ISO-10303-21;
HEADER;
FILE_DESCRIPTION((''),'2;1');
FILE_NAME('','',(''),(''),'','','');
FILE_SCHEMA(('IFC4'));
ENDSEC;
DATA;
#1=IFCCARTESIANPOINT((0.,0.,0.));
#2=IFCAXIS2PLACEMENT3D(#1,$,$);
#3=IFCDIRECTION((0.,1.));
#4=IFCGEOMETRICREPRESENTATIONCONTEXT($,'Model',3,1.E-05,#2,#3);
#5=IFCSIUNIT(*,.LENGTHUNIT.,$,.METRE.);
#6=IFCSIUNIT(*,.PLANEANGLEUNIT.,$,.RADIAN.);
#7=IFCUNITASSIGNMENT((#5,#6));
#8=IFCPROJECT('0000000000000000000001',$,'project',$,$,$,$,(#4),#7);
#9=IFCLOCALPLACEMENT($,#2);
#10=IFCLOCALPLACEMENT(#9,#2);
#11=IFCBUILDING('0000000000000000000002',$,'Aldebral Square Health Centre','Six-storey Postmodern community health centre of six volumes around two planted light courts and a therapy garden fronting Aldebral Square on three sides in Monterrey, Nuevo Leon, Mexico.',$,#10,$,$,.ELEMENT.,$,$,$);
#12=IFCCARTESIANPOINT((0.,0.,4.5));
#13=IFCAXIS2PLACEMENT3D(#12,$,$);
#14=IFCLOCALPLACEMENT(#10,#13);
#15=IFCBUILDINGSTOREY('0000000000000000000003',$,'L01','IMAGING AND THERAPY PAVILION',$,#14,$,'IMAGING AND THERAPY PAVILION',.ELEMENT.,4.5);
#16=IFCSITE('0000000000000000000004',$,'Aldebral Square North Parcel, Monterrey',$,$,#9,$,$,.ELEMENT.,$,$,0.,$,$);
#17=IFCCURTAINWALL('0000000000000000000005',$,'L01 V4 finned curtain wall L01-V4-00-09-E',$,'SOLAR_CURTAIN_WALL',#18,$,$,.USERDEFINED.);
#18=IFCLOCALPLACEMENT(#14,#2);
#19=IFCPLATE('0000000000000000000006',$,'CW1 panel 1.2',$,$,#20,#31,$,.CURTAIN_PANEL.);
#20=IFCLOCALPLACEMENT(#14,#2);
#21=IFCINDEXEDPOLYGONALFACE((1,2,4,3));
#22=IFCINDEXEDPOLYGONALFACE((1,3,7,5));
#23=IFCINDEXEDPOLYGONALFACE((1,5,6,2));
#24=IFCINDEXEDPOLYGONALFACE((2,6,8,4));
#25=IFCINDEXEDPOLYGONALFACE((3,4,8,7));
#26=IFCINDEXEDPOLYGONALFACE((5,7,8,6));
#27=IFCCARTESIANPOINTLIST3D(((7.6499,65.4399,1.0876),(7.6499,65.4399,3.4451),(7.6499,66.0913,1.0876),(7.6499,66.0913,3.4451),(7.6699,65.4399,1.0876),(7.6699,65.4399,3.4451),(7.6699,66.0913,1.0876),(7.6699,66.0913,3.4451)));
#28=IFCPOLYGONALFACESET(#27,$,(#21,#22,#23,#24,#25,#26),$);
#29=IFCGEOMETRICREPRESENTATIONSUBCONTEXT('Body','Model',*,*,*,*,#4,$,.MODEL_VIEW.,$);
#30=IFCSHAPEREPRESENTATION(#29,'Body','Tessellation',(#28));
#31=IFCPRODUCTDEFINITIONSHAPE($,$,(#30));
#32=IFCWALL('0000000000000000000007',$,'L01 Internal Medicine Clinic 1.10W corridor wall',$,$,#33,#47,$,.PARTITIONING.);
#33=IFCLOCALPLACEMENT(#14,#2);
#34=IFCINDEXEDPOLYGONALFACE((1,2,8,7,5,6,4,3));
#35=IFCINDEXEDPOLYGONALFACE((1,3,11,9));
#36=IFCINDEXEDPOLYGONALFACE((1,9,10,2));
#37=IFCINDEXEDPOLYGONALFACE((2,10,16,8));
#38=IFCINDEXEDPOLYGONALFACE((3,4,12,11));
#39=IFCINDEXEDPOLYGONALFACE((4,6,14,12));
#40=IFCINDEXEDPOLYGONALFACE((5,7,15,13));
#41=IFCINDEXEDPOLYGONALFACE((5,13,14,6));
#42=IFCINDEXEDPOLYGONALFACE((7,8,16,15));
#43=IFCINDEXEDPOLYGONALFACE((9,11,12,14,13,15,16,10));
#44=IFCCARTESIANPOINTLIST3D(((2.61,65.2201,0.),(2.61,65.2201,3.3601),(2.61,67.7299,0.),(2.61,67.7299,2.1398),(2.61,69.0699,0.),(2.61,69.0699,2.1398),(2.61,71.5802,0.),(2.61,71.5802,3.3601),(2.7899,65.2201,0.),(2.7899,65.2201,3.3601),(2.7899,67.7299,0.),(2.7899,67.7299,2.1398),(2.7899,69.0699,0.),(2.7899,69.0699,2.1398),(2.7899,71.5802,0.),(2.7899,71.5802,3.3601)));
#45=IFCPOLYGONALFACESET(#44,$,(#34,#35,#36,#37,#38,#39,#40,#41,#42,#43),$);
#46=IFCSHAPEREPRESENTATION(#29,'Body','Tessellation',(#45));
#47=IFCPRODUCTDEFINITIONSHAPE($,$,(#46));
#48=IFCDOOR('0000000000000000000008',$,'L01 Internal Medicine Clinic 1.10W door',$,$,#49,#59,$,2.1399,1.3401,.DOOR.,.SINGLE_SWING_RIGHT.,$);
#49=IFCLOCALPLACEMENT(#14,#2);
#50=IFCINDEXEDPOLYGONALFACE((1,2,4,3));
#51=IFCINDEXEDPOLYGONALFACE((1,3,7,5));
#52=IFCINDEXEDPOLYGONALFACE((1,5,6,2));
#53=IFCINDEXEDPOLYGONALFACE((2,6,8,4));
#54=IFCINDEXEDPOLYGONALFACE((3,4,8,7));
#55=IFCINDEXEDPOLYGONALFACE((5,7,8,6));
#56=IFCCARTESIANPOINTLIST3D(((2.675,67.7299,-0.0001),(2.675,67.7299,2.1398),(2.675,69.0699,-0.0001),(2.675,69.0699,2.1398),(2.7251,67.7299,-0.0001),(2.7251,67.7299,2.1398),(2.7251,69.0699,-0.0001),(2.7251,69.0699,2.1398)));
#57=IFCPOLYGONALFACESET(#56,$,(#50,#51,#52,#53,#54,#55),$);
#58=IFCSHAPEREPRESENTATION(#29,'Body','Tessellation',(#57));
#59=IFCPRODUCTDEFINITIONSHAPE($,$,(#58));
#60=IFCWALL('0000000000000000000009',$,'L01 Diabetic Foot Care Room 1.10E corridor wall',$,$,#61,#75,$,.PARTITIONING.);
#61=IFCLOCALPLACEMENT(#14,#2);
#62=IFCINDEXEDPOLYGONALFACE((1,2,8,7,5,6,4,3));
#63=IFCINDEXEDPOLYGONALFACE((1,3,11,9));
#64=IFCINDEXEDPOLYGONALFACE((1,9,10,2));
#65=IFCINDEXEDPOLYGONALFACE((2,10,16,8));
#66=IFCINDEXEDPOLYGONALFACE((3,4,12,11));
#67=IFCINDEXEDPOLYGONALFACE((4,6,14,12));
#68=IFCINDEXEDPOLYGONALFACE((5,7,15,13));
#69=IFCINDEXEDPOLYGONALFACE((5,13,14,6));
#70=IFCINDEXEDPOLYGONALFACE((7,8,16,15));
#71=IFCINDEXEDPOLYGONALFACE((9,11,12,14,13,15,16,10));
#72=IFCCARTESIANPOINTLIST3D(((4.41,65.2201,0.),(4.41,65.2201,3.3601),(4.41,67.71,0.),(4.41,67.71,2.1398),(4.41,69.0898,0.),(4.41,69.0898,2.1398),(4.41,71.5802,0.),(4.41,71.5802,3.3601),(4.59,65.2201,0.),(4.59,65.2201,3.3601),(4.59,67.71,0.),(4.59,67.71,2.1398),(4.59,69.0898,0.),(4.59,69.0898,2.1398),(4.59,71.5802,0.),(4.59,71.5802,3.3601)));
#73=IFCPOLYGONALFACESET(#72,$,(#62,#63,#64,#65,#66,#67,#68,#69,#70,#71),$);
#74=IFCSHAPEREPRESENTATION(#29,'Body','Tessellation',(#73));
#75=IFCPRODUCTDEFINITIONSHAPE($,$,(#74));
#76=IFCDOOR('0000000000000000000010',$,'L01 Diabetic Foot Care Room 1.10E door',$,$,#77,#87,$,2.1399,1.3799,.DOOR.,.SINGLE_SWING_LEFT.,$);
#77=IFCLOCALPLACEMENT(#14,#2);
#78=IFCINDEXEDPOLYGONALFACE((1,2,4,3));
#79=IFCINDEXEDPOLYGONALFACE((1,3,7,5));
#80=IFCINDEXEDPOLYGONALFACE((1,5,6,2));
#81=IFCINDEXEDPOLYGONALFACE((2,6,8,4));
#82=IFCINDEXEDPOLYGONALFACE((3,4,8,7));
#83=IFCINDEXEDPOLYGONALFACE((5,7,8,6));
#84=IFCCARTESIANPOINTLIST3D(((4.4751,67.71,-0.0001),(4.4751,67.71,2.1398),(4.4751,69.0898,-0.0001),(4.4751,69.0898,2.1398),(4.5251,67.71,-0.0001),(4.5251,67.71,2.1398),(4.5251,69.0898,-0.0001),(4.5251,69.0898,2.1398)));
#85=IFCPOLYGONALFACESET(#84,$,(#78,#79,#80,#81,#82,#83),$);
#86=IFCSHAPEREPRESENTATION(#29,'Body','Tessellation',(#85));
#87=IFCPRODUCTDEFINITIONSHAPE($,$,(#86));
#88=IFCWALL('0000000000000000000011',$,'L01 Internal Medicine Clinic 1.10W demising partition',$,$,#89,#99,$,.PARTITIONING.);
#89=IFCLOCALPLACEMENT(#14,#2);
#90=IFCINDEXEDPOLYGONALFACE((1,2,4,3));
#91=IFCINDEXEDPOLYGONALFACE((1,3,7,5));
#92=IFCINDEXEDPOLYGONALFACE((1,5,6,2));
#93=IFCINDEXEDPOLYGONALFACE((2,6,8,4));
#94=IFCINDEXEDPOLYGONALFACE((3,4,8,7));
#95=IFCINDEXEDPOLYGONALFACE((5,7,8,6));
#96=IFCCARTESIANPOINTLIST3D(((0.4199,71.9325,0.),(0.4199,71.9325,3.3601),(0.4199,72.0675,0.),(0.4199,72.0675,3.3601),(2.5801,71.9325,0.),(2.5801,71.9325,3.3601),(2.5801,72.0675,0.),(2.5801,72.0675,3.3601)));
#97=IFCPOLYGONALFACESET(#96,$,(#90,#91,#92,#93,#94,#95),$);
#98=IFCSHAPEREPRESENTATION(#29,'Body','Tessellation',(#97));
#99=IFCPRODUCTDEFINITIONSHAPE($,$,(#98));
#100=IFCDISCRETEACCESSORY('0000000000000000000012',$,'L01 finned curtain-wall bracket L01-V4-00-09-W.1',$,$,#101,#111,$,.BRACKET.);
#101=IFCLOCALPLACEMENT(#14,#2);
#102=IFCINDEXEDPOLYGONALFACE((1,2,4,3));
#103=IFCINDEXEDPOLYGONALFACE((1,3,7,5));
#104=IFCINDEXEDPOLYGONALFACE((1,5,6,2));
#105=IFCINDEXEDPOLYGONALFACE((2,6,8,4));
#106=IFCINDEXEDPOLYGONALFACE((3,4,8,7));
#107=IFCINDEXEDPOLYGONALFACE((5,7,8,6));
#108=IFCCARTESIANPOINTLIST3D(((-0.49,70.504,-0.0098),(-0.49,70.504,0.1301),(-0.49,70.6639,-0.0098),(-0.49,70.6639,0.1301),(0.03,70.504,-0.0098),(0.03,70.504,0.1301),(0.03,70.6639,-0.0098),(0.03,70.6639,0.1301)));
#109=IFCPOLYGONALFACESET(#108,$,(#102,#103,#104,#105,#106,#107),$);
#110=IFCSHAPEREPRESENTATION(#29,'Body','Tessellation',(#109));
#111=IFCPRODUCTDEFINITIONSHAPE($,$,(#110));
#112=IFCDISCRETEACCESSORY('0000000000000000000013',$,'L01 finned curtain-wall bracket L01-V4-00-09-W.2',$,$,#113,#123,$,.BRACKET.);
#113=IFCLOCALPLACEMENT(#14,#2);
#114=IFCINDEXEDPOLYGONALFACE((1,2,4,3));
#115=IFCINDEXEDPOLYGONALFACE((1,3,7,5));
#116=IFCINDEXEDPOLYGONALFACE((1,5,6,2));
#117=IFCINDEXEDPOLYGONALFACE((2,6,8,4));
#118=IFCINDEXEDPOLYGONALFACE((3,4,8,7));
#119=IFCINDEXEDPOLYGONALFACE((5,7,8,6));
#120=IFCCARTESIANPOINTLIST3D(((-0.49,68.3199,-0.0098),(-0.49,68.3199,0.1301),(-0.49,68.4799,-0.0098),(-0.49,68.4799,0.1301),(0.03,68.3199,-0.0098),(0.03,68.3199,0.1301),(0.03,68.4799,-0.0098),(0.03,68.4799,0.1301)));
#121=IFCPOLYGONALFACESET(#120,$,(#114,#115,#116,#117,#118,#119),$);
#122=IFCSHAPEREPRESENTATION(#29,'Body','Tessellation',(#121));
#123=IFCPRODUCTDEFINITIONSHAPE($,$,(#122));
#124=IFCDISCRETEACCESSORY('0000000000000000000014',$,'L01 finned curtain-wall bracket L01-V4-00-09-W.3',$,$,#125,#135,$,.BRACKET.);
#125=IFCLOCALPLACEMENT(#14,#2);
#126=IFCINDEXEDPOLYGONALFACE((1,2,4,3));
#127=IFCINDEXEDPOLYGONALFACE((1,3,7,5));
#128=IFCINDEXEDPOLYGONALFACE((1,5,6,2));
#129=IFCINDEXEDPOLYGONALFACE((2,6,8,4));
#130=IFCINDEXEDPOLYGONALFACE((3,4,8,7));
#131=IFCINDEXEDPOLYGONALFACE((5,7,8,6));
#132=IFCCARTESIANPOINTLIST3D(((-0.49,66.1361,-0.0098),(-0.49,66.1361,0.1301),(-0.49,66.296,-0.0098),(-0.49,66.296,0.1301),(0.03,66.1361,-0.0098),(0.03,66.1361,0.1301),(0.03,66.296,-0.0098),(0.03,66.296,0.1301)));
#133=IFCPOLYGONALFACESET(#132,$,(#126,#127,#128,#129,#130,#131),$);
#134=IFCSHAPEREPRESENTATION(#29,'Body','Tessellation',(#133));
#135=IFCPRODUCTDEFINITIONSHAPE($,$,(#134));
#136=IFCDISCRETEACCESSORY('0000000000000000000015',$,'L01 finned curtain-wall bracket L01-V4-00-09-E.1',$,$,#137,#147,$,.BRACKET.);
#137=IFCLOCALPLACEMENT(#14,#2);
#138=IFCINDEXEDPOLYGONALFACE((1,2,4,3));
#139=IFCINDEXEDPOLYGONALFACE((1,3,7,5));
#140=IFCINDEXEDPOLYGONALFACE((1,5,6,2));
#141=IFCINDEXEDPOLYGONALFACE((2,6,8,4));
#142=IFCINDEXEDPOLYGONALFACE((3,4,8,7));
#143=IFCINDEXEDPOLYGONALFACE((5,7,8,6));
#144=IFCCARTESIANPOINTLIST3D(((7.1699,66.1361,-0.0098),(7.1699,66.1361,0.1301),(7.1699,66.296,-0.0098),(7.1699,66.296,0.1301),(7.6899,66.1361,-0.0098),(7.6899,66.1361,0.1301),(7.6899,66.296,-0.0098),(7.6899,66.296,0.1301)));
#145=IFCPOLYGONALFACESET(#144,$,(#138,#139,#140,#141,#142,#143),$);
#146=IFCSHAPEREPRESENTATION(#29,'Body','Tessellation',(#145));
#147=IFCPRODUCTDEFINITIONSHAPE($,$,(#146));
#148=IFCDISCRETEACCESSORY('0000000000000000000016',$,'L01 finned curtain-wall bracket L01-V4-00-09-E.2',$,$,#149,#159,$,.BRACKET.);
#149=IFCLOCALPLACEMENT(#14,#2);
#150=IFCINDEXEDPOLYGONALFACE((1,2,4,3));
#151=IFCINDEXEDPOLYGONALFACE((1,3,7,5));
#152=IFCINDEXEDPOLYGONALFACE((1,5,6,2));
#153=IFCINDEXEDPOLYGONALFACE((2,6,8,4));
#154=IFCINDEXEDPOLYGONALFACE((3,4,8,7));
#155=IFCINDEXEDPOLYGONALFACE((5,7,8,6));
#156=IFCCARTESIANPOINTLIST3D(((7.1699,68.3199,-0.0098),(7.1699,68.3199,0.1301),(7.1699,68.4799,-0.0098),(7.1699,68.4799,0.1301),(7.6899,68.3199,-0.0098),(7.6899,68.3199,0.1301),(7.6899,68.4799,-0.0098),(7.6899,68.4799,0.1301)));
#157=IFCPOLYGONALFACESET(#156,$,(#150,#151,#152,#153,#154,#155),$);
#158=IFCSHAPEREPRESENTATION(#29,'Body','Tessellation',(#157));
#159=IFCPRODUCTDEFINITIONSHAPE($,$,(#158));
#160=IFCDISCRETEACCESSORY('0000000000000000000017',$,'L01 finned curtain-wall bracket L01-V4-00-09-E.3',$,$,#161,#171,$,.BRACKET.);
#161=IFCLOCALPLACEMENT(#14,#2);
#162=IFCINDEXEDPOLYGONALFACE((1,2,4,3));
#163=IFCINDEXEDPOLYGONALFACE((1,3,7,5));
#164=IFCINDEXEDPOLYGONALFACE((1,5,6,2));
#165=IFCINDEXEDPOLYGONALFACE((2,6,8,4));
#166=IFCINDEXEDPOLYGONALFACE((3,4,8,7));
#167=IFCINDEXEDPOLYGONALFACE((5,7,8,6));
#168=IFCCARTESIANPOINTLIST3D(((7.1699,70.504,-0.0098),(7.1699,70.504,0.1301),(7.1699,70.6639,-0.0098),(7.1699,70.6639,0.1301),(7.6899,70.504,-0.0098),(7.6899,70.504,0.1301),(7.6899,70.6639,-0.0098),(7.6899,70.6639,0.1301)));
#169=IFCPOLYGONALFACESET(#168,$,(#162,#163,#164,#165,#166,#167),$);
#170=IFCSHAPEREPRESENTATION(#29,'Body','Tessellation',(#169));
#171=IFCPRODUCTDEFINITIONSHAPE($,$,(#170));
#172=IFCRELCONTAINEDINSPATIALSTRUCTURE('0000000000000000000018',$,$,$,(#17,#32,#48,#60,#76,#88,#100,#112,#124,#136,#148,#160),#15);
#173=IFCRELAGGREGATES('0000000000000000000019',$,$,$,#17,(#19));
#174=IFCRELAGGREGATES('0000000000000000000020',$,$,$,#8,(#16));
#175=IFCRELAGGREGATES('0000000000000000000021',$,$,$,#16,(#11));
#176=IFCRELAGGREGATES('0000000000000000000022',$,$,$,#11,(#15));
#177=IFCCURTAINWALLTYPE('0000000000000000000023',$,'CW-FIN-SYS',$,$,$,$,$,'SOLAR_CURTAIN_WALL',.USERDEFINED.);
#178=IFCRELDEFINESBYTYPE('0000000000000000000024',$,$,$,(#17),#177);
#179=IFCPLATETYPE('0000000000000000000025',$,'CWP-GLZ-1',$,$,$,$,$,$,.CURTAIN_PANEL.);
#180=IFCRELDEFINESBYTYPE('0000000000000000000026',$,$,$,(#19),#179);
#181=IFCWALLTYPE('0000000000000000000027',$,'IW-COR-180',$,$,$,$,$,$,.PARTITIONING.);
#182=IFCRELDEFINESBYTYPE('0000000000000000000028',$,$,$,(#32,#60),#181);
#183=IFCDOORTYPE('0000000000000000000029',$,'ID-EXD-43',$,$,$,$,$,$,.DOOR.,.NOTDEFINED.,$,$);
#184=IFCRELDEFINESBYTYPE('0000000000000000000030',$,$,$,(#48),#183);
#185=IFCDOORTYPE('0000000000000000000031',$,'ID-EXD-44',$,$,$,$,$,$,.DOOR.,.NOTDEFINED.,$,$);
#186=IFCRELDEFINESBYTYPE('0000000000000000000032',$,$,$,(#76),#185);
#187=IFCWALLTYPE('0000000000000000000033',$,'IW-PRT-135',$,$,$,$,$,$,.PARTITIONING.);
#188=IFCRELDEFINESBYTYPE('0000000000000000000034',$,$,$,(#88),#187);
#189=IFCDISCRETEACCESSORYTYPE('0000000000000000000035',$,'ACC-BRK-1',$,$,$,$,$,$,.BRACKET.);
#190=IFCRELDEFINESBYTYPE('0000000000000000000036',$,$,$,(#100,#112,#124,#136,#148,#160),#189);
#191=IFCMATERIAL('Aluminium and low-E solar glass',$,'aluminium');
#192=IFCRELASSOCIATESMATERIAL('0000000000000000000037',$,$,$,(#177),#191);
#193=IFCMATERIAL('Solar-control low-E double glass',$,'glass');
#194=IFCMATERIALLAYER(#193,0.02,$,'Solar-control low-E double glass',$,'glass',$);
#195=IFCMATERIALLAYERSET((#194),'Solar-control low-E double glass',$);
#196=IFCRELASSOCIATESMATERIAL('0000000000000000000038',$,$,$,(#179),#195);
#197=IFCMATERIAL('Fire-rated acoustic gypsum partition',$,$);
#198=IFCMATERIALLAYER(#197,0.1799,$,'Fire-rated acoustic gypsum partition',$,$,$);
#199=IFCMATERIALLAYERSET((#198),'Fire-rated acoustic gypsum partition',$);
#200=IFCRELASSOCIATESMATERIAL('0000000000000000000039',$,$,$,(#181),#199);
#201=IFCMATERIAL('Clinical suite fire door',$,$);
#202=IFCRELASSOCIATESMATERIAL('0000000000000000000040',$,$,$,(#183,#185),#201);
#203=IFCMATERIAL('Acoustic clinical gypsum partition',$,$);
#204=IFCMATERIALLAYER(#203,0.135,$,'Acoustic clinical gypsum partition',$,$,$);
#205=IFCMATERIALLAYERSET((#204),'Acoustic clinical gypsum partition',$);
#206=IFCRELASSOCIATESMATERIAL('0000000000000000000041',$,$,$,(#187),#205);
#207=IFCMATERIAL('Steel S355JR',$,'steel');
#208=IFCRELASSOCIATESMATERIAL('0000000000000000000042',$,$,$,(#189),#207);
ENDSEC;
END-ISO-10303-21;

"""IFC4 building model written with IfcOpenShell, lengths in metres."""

from ifc_helpers import new_model, si_unit, direction, frame, frame_2d, origin, origin_2d, place, context, subcontext, project, spatial, rectangle, extrude, material, layer, layer_set, type_object, element, fill, aggregate, save


model = new_model("IFC4")

# Units and contexts
model_context = context("Model", 3, precision=1e-05, world=origin(), true_north=direction((0.0, 1.0)))
body_context = subcontext(model_context, "Body", "Model", "MODEL_VIEW")
ifc_project = project(units=[si_unit("LENGTHUNIT", "METRE"), si_unit("PLANEANGLEUNIT", "RADIAN")], contexts=[model_context])

# Site, building, storey
site_placement = place(None, origin())
site = spatial("IfcSite", under=ifc_project, at=site_placement, Name="Aldebral Square North Parcel, Monterrey", CompositionType="ELEMENT", RefElevation=0.0)
building_placement = place(site_placement, origin())
building = spatial("IfcBuilding", under=site, at=building_placement, Name="Aldebral Square Health Centre", Description="Six-storey Postmodern community health centre of six volumes around two planted light courts and a therapy garden fronting Aldebral Square on three sides in Monterrey, Nuevo Leon, Mexico.", CompositionType="ELEMENT")
storey_placement = place(building_placement, frame((0.0, 0.0, 4.5)))
storey = spatial("IfcBuildingStorey", under=building, at=storey_placement, Name="L01", Description="IMAGING AND THERAPY PAVILION", LongName="IMAGING AND THERAPY PAVILION", CompositionType="ELEMENT", Elevation=4.5)

# Shared definitions
ifc_material_1 = material(Name="Aluminium and low-E solar glass", Category="aluminium")
curtain_wall_type = type_object("IfcCurtainWallType", Name="CW-FIN-SYS", ElementType="SOLAR_CURTAIN_WALL", PredefinedType="USERDEFINED", material=ifc_material_1)

# Curtain wall, plate
curtain_wall_1_placement = place(storey_placement, origin())
curtain_wall_1 = element("IfcCurtainWall", 1, at=curtain_wall_1_placement, inside=storey, type_object=curtain_wall_type, Name="L01 V4 finned curtain wall L01-V4-00-09-E", ObjectType="SOLAR_CURTAIN_WALL", PredefinedType="USERDEFINED")
ifc_material_2 = material(Name="Solar-control low-E double glass", Category="glass")
ifc_layer_1 = layer(ifc_material_2, 0.02, Name="Solar-control low-E double glass", Category="glass")
ifc_layer_set_1 = layer_set([ifc_layer_1], Name="Solar-control low-E double glass")
plate_type = type_object("IfcPlateType", Name="CWP-GLZ-1", PredefinedType="CURTAIN_PANEL", material=ifc_layer_set_1)
plate_1_placement = place(storey_placement, frame((7.6599, 65.7656, 1.0876), z_axis=(0.0, 0.0, 1.0), x_axis=(0.0, 1.0, 0.0)))
plate_1 = element("IfcPlate", 2, at=plate_1_placement, type_object=plate_type, Name="CW1 panel 1.2", PredefinedType="CURTAIN_PANEL", context=body_context, shape_type="SweptSolid", body=[
    extrude(rectangle(XDim=0.6514, YDim=0.02, at=origin_2d()), origin(), (0.0, 0.0, 1.0), 2.3574),
])
aggregate(curtain_wall_1, [plate_1])

# Walls, openings, doors
ifc_material_3 = material(Name="Fire-rated acoustic gypsum partition")
ifc_layer_2 = layer(ifc_material_3, 0.1799, Name="Fire-rated acoustic gypsum partition")
ifc_layer_set_2 = layer_set([ifc_layer_2], Name="Fire-rated acoustic gypsum partition")
wall_type_1 = type_object("IfcWallType", Name="IW-COR-180", PredefinedType="PARTITIONING", material=ifc_layer_set_2)
wall_1_placement = place(storey_placement, frame((2.7, 65.22, 0.0), z_axis=(0.0, 0.0, 1.0), x_axis=(0.0, 1.0, 0.0)))
wall_1 = element("IfcWall", 3, at=wall_1_placement, inside=storey, type_object=wall_type_1, Name="L01 Internal Medicine Clinic 1.10W corridor wall", PredefinedType="PARTITIONING", context=body_context, shape_type="SweptSolid", body=[
    extrude(rectangle(XDim=6.3601, YDim=0.1799, at=frame_2d((3.1802, 0.0))), origin(), (0.0, 0.0, 1.0), 3.3601),
])
opening_1_placement = place(wall_1_placement, frame((2.51, 0.0, 0.0)))
opening_1 = element("IfcOpeningElement", 4, at=opening_1_placement, cuts=wall_1, PredefinedType="OPENING", context=body_context, shape_type="SweptSolid", body=[
    extrude(rectangle(XDim=1.3401, YDim=2.1399, at=frame_2d((0.6699, 1.0698))), frame((0.0, 0.1001, 0.0), z_axis=(0.0, -1.0, 0.0), x_axis=(1.0, 0.0, 0.0)), (0.0, 0.0, 1.0), 0.2),
])
ifc_material_4 = material(Name="Clinical suite fire door")
door_type_1 = type_object("IfcDoorType", Name="ID-EXD-43", OperationType="NOTDEFINED", PredefinedType="DOOR", material=ifc_material_4)
door_1_placement = place(opening_1_placement, origin())
door_1 = element("IfcDoor", 5, at=door_1_placement, inside=storey, type_object=door_type_1, Name="L01 Internal Medicine Clinic 1.10W door", OperationType="SINGLE_SWING_RIGHT", OverallHeight=2.1399, OverallWidth=1.3401, PredefinedType="DOOR", context=body_context, shape_type="SweptSolid", body=[
    extrude(rectangle(XDim=1.3401, YDim=2.1399, at=frame_2d((0.6699, 1.0698))), frame((0.0, 0.0249, 0.0), z_axis=(0.0, -1.0, 0.0), x_axis=(1.0, 0.0, 0.0)), (0.0, 0.0, 1.0), 0.05),
])
fill(opening_1, door_1)
wall_2_placement = place(storey_placement, frame((4.5, 65.22, 0.0), z_axis=(0.0, 0.0, 1.0), x_axis=(0.0, 1.0, 0.0)))
wall_2 = element("IfcWall", 6, at=wall_2_placement, inside=storey, type_object=wall_type_1, Name="L01 Diabetic Foot Care Room 1.10E corridor wall", PredefinedType="PARTITIONING", context=body_context, shape_type="SweptSolid", body=[
    extrude(rectangle(XDim=6.3601, YDim=0.1799, at=frame_2d((3.1802, 0.0))), origin(), (0.0, 0.0, 1.0), 3.3601),
])
opening_2_placement = place(wall_2_placement, frame((2.49, 0.0, 0.0)))
opening_2 = element("IfcOpeningElement", 7, at=opening_2_placement, cuts=wall_2, PredefinedType="OPENING", context=body_context, shape_type="SweptSolid", body=[
    extrude(rectangle(XDim=1.3799, YDim=2.1399, at=frame_2d((0.6899, 1.0698))), frame((0.0, 0.1001, 0.0), z_axis=(0.0, -1.0, 0.0), x_axis=(1.0, 0.0, 0.0)), (0.0, 0.0, 1.0), 0.2),
])
door_type_2 = type_object("IfcDoorType", Name="ID-EXD-44", OperationType="NOTDEFINED", PredefinedType="DOOR", material=ifc_material_4)
door_2_placement = place(opening_2_placement, origin())
door_2 = element("IfcDoor", 8, at=door_2_placement, inside=storey, type_object=door_type_2, Name="L01 Diabetic Foot Care Room 1.10E door", OperationType="SINGLE_SWING_LEFT", OverallHeight=2.1399, OverallWidth=1.3799, PredefinedType="DOOR", context=body_context, shape_type="SweptSolid", body=[
    extrude(rectangle(XDim=1.3799, YDim=2.1399, at=frame_2d((0.6899, 1.0698))), frame((0.0, 0.0249, 0.0), z_axis=(0.0, -1.0, 0.0), x_axis=(1.0, 0.0, 0.0)), (0.0, 0.0, 1.0), 0.05),
])
fill(opening_2, door_2)

# Wall
ifc_material_5 = material(Name="Acoustic clinical gypsum partition")
ifc_layer_3 = layer(ifc_material_5, 0.135, Name="Acoustic clinical gypsum partition")
ifc_layer_set_3 = layer_set([ifc_layer_3], Name="Acoustic clinical gypsum partition")
wall_type_2 = type_object("IfcWallType", Name="IW-PRT-135", PredefinedType="PARTITIONING", material=ifc_layer_set_3)
wall_3_placement = place(storey_placement, frame((0.4199, 72.0, 0.0), z_axis=(0.0, 0.0, 1.0), x_axis=(1.0, 0.0, 0.0)))
element("IfcWall", 9, at=wall_3_placement, inside=storey, type_object=wall_type_2, Name="L01 Internal Medicine Clinic 1.10W demising partition", PredefinedType="PARTITIONING", context=body_context, shape_type="SweptSolid", body=[
    extrude(rectangle(XDim=2.1602, YDim=0.135, at=frame_2d((1.0801, 0.0))), origin(), (0.0, 0.0, 1.0), 3.3601),
])

# Discrete accessories
ifc_material_6 = material(Name="Steel S355JR", Category="steel")
discrete_accessory_type = type_object("IfcDiscreteAccessoryType", Name="ACC-BRK-1", PredefinedType="BRACKET", material=ifc_material_6)
for number, where, z_axis, x_axis, name in (
    (10, (-0.23, 70.584, -0.0098), (0.0, 0.0, 1.0), (0.0, 1.0, 0.0), "L01 finned curtain-wall bracket L01-V4-00-09-W.1"),
    (11, (-0.23, 68.3999, -0.0098), (0.0, 0.0, 1.0), (0.0, 1.0, 0.0), "L01 finned curtain-wall bracket L01-V4-00-09-W.2"),
    (12, (-0.23, 66.2161, -0.0098), (0.0, 0.0, 1.0), (0.0, 1.0, 0.0), "L01 finned curtain-wall bracket L01-V4-00-09-W.3"),
    (13, (7.4299, 66.2161, -0.0098), (0.0, 0.0, 1.0), (0.0, 1.0, 0.0), "L01 finned curtain-wall bracket L01-V4-00-09-E.1"),
    (14, (7.4299, 68.3999, -0.0098), (0.0, 0.0, 1.0), (0.0, 1.0, 0.0), "L01 finned curtain-wall bracket L01-V4-00-09-E.2"),
    (15, (7.4299, 70.584, -0.0098), (0.0, 0.0, 1.0), (0.0, 1.0, 0.0), "L01 finned curtain-wall bracket L01-V4-00-09-E.3"),
):
    element("IfcDiscreteAccessory", number, at=place(storey_placement, frame(where, z_axis=z_axis, x_axis=x_axis)), inside=storey, type_object=discrete_accessory_type, Name=name, PredefinedType="BRACKET", context=body_context, shape_type="SweptSolid", body=[
        extrude(rectangle(XDim=0.1599, YDim=0.52, at=origin_2d()), origin(), (0.0, 0.0, 1.0), 0.1399),
    ])

save(model, "model.ifc")
